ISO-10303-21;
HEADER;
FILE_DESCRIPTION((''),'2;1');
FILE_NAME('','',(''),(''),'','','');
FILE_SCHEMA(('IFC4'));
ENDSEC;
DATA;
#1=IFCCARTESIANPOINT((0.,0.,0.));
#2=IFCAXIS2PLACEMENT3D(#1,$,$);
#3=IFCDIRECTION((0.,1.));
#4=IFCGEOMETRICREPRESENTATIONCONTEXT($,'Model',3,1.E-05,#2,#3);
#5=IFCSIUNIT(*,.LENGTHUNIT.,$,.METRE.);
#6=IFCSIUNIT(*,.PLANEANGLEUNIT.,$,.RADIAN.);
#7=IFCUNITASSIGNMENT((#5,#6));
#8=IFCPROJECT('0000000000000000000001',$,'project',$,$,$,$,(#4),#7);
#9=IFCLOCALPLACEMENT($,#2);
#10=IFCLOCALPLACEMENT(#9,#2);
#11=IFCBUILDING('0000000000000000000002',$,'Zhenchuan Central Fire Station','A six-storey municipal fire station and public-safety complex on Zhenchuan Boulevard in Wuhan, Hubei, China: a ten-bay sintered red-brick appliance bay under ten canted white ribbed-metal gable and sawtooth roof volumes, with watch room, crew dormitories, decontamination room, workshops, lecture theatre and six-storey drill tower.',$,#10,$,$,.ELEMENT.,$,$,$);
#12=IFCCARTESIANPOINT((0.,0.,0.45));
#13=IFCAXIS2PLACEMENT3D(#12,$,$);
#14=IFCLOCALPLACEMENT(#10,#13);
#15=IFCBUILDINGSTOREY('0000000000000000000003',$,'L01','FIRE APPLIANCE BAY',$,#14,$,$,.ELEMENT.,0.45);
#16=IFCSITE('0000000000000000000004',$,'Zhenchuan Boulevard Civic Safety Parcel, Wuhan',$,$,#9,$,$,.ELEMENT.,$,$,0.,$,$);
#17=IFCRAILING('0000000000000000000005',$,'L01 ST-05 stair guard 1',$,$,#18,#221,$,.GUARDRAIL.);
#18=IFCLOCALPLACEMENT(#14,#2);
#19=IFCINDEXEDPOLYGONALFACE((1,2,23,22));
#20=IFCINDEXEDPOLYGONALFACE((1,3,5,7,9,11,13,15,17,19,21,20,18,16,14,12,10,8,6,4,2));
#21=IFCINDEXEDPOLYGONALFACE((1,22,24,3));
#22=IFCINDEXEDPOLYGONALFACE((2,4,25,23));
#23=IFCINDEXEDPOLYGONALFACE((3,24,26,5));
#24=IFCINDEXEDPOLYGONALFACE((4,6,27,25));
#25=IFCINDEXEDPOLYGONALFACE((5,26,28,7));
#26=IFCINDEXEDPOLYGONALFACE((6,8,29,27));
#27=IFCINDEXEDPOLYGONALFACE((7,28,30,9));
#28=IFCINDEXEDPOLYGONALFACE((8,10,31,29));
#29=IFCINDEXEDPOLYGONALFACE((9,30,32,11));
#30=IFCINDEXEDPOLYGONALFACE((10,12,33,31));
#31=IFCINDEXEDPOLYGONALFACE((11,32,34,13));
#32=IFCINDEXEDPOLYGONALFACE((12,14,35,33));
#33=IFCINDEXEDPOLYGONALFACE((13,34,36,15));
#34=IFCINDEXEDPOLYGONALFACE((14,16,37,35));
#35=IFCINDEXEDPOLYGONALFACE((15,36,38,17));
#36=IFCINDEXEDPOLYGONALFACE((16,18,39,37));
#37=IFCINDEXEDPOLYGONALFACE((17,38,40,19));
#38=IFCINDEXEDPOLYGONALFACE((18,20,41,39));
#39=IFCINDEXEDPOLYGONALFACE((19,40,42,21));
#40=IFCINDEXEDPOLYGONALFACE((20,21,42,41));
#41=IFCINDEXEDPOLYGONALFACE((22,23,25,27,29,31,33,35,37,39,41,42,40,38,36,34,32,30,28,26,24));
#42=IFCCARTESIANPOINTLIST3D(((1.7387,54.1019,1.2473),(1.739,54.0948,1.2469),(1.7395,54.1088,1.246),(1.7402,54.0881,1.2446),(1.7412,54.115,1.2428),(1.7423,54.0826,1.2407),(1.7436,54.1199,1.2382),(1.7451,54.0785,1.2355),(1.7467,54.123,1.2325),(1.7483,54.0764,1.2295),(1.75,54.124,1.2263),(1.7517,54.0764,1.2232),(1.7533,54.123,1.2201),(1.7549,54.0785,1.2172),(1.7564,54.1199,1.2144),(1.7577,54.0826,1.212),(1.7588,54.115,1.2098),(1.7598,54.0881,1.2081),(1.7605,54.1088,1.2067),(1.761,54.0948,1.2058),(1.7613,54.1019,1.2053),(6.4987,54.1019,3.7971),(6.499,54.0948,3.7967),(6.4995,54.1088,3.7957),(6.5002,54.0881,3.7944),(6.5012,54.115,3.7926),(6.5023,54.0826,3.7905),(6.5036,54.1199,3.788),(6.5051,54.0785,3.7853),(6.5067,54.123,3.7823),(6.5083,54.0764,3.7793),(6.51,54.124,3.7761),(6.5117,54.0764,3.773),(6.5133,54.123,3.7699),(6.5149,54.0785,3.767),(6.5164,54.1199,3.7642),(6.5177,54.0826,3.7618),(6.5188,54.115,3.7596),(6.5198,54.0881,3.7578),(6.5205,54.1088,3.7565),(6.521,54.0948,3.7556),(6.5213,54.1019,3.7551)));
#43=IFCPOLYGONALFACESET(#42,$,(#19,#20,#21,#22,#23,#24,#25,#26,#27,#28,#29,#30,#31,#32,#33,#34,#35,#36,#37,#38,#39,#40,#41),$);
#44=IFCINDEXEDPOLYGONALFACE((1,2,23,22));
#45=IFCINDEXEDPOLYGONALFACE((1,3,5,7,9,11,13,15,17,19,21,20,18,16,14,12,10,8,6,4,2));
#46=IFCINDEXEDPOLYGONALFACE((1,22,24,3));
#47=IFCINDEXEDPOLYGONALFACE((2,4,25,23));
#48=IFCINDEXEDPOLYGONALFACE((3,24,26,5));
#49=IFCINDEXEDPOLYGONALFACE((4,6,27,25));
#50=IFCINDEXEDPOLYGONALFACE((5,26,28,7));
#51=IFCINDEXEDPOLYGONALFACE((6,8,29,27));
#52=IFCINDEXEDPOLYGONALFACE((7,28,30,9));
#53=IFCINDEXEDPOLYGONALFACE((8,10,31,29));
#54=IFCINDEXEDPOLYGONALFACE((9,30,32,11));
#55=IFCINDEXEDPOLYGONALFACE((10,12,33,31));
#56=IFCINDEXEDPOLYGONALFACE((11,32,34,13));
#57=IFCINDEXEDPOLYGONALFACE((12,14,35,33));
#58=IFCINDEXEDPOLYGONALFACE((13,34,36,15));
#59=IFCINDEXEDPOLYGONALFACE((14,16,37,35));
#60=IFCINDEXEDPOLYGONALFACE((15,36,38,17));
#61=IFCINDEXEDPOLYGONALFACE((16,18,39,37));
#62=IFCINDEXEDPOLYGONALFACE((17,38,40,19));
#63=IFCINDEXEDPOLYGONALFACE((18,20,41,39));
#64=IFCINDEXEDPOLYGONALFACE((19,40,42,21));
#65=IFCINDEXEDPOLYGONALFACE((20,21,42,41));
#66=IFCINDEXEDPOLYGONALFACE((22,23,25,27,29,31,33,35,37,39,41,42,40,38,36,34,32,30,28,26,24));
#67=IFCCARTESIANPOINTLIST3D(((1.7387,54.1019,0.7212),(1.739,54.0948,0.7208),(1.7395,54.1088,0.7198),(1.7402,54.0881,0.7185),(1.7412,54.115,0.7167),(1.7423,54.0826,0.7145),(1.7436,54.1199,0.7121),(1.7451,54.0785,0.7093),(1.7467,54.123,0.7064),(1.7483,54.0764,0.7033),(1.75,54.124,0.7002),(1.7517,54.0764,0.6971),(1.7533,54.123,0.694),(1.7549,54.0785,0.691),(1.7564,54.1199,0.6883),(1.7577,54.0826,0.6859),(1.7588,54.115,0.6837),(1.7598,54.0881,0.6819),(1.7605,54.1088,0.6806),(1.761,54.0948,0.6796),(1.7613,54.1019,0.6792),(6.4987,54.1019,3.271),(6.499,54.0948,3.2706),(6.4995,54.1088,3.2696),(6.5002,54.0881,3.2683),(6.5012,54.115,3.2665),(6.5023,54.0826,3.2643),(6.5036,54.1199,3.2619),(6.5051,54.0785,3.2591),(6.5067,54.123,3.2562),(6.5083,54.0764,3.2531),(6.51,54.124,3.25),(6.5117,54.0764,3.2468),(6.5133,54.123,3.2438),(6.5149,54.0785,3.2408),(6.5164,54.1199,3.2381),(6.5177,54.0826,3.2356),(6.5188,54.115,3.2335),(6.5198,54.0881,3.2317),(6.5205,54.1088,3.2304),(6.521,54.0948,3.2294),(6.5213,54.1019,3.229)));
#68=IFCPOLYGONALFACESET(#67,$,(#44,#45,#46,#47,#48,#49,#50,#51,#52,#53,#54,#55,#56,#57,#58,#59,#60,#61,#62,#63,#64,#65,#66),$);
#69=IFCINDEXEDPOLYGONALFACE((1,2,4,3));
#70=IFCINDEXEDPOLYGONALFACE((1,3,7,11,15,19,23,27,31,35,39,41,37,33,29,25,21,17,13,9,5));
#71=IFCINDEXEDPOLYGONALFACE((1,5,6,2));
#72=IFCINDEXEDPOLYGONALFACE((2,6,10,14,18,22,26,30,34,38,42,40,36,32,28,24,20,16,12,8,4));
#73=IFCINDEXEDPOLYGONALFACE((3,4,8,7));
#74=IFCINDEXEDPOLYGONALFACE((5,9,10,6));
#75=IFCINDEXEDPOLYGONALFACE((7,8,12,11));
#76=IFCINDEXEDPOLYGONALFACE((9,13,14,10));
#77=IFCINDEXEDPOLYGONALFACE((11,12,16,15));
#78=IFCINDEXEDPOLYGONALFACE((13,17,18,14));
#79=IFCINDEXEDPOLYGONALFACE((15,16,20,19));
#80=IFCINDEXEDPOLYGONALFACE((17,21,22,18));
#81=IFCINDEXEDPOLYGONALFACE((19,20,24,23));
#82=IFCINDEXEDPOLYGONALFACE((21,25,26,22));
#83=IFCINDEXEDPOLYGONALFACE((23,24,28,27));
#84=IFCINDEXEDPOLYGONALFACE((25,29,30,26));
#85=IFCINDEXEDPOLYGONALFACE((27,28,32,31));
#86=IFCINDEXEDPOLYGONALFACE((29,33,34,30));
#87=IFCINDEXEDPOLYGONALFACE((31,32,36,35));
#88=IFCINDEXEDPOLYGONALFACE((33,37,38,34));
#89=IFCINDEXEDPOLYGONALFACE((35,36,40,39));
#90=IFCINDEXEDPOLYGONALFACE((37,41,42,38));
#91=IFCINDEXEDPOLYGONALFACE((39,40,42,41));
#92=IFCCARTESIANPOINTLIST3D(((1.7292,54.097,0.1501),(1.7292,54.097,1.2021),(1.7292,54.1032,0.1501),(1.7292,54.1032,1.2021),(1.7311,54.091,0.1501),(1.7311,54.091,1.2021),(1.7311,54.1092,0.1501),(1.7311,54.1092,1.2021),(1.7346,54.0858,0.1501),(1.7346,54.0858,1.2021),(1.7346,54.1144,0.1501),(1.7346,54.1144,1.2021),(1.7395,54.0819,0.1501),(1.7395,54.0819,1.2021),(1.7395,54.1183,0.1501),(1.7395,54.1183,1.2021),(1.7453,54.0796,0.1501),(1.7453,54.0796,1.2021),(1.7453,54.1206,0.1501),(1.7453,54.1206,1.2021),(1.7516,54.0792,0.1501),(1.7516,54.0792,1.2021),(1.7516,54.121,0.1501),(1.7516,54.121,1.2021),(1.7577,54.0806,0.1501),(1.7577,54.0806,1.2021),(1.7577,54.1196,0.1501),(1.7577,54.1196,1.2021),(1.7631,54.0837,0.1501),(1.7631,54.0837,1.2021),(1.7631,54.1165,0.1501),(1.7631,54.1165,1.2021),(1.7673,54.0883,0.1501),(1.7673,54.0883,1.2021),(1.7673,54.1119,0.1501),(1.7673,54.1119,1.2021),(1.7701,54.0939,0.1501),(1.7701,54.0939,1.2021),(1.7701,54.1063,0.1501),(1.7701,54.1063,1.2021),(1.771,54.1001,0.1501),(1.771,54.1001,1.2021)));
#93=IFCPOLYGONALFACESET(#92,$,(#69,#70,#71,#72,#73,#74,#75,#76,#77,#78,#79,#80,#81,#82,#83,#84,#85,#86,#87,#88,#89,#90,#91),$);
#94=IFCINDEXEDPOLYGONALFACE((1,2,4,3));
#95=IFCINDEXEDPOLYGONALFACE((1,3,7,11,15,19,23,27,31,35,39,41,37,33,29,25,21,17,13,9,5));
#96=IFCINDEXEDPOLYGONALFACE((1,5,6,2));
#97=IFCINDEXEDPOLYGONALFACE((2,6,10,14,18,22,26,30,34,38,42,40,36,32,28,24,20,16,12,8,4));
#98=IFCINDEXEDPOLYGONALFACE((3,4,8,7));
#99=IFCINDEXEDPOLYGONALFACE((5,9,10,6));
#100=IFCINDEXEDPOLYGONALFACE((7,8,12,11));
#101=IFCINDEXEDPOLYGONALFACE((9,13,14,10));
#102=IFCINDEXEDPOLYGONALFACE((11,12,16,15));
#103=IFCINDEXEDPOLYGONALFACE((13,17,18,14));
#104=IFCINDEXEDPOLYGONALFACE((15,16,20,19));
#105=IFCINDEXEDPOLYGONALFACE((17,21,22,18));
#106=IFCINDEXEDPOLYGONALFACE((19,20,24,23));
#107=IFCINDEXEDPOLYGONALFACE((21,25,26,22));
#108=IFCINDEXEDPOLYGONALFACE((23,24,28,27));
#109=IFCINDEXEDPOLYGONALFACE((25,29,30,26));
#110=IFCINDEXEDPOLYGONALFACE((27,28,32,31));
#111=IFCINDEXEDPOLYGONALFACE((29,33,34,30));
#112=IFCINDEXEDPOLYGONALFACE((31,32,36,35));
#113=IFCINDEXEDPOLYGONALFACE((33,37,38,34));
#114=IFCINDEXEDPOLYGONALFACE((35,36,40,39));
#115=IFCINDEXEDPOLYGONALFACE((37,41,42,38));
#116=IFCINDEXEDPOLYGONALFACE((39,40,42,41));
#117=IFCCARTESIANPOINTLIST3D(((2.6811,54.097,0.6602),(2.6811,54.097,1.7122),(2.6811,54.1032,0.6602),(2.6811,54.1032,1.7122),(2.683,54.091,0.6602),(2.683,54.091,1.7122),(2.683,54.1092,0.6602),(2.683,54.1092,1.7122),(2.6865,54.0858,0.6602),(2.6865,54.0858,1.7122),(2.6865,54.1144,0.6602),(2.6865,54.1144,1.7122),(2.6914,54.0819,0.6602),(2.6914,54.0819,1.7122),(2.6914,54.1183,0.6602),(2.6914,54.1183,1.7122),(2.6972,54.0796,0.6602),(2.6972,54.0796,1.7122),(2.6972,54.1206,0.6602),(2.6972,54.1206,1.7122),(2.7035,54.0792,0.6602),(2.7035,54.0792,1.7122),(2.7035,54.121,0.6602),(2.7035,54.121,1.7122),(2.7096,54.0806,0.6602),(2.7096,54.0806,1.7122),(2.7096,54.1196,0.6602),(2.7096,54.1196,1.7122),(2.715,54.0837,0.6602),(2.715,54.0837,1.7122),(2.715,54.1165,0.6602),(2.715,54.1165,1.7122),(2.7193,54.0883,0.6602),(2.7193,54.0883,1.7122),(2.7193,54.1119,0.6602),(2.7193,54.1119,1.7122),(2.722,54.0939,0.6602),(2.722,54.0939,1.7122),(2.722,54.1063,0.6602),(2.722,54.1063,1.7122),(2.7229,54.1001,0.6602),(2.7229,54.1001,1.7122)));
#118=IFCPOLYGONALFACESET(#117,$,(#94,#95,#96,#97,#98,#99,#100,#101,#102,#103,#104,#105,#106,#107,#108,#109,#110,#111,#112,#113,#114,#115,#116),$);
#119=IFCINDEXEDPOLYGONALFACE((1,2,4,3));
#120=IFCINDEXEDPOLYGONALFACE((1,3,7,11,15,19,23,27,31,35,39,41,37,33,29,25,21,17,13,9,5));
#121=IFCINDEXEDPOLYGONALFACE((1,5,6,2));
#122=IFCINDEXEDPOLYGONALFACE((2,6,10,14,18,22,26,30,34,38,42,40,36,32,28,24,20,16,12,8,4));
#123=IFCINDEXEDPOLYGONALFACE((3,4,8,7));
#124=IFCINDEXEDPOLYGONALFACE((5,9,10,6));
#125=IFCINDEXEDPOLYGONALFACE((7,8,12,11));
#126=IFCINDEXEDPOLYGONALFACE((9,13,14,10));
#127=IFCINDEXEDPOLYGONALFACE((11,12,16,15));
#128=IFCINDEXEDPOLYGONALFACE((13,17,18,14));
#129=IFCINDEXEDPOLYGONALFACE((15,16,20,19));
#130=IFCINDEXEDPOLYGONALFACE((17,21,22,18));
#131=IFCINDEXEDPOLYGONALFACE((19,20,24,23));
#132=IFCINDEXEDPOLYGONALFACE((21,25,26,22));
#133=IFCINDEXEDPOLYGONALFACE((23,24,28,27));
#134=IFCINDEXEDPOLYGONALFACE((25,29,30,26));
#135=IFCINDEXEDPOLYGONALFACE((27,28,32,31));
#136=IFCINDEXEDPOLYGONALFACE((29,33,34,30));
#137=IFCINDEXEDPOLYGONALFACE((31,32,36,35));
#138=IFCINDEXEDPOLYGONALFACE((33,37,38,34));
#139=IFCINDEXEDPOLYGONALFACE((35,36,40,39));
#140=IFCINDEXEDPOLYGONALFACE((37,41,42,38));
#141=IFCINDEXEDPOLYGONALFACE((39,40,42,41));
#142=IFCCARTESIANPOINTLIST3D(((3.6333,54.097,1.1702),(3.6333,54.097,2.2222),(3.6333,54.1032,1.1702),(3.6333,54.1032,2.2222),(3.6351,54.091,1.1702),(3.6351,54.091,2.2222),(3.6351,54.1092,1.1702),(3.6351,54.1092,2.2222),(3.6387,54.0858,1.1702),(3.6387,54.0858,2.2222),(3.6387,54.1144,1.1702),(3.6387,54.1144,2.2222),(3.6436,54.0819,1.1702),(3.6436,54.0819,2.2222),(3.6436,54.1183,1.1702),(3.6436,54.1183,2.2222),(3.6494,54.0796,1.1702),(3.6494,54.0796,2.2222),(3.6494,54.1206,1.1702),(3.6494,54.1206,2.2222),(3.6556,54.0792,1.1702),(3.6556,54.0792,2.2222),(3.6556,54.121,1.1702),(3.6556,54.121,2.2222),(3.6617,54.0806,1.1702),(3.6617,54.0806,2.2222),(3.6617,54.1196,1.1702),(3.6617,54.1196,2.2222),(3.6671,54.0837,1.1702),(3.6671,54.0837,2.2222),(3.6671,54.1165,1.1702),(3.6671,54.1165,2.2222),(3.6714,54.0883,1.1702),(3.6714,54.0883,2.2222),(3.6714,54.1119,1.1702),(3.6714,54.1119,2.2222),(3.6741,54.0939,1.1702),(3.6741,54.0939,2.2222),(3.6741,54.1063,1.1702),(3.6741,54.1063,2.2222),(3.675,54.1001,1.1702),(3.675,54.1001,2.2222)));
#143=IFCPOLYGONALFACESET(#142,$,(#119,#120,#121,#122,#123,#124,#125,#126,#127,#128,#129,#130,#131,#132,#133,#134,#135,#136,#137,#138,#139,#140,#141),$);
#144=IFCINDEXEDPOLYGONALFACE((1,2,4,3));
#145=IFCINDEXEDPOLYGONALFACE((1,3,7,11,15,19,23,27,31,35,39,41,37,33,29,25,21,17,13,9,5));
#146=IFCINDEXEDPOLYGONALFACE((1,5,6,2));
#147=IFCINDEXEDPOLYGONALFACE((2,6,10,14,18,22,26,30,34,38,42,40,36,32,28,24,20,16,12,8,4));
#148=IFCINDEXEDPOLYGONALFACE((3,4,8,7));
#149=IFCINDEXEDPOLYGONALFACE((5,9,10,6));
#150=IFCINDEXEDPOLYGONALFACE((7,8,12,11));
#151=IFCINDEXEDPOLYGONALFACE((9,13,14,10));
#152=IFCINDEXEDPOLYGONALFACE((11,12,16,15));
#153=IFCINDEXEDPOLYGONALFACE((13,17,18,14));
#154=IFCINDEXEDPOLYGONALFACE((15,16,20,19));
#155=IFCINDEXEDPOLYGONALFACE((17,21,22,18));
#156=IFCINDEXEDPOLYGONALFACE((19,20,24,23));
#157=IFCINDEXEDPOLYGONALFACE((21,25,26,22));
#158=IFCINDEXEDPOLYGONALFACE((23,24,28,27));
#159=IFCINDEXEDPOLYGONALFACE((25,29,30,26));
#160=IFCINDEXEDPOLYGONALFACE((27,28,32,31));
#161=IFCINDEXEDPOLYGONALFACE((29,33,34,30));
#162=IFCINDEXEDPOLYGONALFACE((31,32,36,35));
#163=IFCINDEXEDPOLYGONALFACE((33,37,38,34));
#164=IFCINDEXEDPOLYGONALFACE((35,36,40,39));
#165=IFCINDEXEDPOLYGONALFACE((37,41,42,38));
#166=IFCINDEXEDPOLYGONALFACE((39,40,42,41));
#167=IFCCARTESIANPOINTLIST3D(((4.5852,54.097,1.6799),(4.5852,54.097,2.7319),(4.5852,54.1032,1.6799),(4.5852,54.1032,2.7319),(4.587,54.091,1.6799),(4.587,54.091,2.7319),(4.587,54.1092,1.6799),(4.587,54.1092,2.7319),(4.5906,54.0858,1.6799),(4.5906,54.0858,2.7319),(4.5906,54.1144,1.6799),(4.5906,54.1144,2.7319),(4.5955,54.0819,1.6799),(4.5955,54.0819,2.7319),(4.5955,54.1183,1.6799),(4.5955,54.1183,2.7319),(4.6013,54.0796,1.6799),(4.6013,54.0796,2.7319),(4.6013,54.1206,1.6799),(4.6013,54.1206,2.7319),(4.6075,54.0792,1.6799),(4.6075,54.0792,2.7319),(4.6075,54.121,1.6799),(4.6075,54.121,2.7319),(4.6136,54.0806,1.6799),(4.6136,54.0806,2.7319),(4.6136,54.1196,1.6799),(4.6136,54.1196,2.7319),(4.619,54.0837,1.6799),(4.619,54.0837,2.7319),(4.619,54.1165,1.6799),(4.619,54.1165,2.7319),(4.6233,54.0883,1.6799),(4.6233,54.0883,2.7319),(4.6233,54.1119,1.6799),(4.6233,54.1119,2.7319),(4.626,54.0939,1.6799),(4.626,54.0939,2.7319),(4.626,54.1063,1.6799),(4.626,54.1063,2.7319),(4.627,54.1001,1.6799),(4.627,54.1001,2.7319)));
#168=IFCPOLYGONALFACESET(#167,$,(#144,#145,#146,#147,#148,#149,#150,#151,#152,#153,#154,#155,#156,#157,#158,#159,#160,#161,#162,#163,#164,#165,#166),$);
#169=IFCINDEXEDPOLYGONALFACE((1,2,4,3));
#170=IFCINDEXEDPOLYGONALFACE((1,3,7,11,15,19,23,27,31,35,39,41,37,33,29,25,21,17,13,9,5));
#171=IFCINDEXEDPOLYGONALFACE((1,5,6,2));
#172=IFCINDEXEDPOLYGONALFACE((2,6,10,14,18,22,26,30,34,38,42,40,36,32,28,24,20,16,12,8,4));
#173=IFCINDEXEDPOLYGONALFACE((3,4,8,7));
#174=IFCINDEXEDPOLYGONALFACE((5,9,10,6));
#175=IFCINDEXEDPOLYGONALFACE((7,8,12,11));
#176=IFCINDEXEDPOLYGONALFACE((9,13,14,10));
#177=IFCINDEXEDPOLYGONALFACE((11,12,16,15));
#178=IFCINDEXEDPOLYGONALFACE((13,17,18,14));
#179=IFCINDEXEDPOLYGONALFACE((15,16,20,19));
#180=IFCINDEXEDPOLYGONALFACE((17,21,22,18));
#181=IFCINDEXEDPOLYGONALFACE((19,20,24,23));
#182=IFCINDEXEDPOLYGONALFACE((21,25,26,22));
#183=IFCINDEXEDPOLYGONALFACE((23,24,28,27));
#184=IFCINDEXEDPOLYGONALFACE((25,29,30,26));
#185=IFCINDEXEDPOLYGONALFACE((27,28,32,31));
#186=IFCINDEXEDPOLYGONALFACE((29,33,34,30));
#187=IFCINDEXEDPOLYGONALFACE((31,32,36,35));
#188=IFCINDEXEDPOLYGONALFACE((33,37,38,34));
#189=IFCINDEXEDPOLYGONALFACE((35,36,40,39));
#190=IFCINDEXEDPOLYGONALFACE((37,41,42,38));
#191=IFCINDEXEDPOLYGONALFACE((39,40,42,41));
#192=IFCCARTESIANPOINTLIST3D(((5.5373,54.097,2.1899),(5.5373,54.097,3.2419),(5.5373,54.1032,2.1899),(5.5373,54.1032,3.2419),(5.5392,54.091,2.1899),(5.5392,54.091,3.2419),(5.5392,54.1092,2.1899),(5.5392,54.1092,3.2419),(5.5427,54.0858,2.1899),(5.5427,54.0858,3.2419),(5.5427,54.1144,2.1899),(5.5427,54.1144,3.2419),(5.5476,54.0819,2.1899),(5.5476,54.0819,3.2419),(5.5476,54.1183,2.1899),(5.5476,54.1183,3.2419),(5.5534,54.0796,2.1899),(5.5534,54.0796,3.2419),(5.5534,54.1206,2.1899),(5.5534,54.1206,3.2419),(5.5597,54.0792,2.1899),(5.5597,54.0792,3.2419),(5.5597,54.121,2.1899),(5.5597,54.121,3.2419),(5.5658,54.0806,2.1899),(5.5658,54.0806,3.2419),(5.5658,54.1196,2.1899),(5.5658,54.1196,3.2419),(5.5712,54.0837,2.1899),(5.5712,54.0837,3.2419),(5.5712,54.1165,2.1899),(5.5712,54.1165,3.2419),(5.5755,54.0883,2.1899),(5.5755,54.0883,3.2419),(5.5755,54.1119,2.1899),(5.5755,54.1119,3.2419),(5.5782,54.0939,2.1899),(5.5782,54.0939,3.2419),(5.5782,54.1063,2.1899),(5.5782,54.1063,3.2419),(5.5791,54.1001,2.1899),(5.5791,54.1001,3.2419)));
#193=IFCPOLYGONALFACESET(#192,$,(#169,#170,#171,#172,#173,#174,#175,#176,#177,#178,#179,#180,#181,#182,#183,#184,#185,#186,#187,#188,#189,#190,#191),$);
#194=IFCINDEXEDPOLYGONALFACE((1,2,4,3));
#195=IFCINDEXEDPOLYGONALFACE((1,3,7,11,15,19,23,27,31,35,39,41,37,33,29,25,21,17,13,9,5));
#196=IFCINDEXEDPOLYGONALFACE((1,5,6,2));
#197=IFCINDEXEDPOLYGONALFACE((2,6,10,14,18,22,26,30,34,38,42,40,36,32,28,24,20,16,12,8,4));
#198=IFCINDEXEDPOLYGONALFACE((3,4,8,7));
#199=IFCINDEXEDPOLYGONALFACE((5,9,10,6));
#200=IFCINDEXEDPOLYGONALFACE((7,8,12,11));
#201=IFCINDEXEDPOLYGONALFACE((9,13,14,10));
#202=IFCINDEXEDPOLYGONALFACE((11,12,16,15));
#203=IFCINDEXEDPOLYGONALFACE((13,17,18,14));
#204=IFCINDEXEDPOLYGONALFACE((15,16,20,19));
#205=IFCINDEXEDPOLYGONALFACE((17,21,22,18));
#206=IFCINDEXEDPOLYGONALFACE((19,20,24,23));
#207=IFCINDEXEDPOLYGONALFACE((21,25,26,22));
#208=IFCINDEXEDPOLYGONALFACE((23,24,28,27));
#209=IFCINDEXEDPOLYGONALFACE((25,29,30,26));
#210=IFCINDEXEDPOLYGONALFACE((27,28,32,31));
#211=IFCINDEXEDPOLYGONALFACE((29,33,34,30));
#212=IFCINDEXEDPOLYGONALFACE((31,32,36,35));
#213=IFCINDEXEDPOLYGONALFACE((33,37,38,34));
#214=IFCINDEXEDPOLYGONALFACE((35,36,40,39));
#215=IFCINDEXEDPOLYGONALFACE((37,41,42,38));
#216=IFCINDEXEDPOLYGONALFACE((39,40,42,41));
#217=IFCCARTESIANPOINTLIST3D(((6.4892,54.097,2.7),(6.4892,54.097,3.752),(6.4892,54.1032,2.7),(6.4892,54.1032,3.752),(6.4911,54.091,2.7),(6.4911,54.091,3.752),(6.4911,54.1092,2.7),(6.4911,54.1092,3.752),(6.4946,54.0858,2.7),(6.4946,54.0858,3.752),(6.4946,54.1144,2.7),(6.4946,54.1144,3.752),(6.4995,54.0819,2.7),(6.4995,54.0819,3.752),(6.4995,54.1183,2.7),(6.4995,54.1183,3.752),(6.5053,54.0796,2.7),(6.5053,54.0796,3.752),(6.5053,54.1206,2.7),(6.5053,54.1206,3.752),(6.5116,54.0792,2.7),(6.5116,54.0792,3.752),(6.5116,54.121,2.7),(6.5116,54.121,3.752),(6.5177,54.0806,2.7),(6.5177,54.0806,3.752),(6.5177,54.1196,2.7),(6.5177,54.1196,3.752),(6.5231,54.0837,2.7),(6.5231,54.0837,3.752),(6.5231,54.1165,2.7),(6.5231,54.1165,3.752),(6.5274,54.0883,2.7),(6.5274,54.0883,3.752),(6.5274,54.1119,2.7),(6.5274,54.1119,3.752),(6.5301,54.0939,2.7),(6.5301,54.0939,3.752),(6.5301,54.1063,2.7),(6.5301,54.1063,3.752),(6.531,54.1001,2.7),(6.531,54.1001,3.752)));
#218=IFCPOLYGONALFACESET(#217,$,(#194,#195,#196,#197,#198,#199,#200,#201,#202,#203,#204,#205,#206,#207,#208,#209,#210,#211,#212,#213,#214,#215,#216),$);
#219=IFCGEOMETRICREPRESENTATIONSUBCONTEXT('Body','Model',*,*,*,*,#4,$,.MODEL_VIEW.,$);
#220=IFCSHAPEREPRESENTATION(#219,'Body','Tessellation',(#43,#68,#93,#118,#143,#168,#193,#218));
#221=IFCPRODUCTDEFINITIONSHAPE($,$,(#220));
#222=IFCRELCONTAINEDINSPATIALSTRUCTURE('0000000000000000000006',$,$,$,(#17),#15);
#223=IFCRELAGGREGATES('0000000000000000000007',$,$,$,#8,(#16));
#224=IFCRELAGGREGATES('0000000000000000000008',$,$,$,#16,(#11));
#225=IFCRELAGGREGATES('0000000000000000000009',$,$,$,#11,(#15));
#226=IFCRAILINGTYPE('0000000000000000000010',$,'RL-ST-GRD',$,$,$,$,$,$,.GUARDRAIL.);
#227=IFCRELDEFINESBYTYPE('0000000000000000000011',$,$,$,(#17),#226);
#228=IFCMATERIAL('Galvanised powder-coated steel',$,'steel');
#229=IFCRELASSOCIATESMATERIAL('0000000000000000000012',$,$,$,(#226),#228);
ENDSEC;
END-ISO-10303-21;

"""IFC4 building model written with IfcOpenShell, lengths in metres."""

from ifc_helpers import new_model, si_unit, direction, frame, origin, origin_2d, place, context, subcontext, project, spatial, circle, extrude, material, type_object, element, save


model = new_model("IFC4")

# Units and contexts
model_context = context("Model", 3, precision=1e-05, world=origin(), true_north=direction((0.0, 1.0)))
body_context = subcontext(model_context, "Body", "Model", "MODEL_VIEW")
ifc_project = project(units=[si_unit("LENGTHUNIT", "METRE"), si_unit("PLANEANGLEUNIT", "RADIAN")], contexts=[model_context])

# Site, building, storey
site_placement = place(None, origin())
site = spatial("IfcSite", under=ifc_project, at=site_placement, Name="Zhenchuan Boulevard Civic Safety Parcel, Wuhan", CompositionType="ELEMENT", RefElevation=0.0)
building_placement = place(site_placement, origin())
building = spatial("IfcBuilding", under=site, at=building_placement, Name="Zhenchuan Central Fire Station", Description="A six-storey municipal fire station and public-safety complex on Zhenchuan Boulevard in Wuhan, Hubei, China: a ten-bay sintered red-brick appliance bay under ten canted white ribbed-metal gable and sawtooth roof volumes, with watch room, crew dormitories, decontamination room, workshops, lecture theatre and six-storey drill tower.", CompositionType="ELEMENT")
storey_placement = place(building_placement, frame((0.0, 0.0, 0.45)))
storey = spatial("IfcBuildingStorey", under=building, at=storey_placement, Name="L01", Description="FIRE APPLIANCE BAY", CompositionType="ELEMENT", Elevation=0.45)

# Railing
ifc_material_1 = material(Name="Galvanised powder-coated steel", Category="steel")
railing_type_1 = type_object("IfcRailingType", Name="RL-ST-GRD", PredefinedType="GUARDRAIL", material=ifc_material_1)
railing_1_placement = place(storey_placement, frame((1.75, 54.1001, 0.1501)))
element("IfcRailing", 1, at=railing_1_placement, inside=storey, type_object=railing_type_1, Name="L01 ST-05 stair guard 1", PredefinedType="GUARDRAIL", context=body_context, shape_type="SweptSolid", body=[
    extrude(circle(Radius=0.0239, at=origin_2d()), frame((0.0, 0.0, 1.0762), z_axis=(0.881495, 0.0, 0.472193), x_axis=(0.0, 1.0, 0.0)), (0.0, 0.0, 1.0), 5.3999),
    extrude(circle(Radius=0.0239, at=origin_2d()), frame((0.0, 0.0, 0.55), z_axis=(0.881495, 0.0, 0.472193), x_axis=(0.0, 1.0, 0.0)), (0.0, 0.0, 1.0), 5.3999),
    extrude(circle(Radius=0.021, at=origin_2d()), origin(), (0.0, 0.0, 1.0), 1.052),
    extrude(circle(Radius=0.021, at=origin_2d()), frame((0.9519, 0.0, 0.51)), (0.0, 0.0, 1.0), 1.052),
    extrude(circle(Radius=0.021, at=origin_2d()), frame((1.9041, 0.0, 1.02)), (0.0, 0.0, 1.0), 1.052),
    extrude(circle(Radius=0.021, at=origin_2d()), frame((2.856, 0.0, 1.5298)), (0.0, 0.0, 1.0), 1.052),
    extrude(circle(Radius=0.021, at=origin_2d()), frame((3.8081, 0.0, 2.0398)), (0.0, 0.0, 1.0), 1.052),
    extrude(circle(Radius=0.021, at=origin_2d()), frame((4.76, 0.0, 2.5498)), (0.0, 0.0, 1.0), 1.052),
])

save(model, "model.ifc")
